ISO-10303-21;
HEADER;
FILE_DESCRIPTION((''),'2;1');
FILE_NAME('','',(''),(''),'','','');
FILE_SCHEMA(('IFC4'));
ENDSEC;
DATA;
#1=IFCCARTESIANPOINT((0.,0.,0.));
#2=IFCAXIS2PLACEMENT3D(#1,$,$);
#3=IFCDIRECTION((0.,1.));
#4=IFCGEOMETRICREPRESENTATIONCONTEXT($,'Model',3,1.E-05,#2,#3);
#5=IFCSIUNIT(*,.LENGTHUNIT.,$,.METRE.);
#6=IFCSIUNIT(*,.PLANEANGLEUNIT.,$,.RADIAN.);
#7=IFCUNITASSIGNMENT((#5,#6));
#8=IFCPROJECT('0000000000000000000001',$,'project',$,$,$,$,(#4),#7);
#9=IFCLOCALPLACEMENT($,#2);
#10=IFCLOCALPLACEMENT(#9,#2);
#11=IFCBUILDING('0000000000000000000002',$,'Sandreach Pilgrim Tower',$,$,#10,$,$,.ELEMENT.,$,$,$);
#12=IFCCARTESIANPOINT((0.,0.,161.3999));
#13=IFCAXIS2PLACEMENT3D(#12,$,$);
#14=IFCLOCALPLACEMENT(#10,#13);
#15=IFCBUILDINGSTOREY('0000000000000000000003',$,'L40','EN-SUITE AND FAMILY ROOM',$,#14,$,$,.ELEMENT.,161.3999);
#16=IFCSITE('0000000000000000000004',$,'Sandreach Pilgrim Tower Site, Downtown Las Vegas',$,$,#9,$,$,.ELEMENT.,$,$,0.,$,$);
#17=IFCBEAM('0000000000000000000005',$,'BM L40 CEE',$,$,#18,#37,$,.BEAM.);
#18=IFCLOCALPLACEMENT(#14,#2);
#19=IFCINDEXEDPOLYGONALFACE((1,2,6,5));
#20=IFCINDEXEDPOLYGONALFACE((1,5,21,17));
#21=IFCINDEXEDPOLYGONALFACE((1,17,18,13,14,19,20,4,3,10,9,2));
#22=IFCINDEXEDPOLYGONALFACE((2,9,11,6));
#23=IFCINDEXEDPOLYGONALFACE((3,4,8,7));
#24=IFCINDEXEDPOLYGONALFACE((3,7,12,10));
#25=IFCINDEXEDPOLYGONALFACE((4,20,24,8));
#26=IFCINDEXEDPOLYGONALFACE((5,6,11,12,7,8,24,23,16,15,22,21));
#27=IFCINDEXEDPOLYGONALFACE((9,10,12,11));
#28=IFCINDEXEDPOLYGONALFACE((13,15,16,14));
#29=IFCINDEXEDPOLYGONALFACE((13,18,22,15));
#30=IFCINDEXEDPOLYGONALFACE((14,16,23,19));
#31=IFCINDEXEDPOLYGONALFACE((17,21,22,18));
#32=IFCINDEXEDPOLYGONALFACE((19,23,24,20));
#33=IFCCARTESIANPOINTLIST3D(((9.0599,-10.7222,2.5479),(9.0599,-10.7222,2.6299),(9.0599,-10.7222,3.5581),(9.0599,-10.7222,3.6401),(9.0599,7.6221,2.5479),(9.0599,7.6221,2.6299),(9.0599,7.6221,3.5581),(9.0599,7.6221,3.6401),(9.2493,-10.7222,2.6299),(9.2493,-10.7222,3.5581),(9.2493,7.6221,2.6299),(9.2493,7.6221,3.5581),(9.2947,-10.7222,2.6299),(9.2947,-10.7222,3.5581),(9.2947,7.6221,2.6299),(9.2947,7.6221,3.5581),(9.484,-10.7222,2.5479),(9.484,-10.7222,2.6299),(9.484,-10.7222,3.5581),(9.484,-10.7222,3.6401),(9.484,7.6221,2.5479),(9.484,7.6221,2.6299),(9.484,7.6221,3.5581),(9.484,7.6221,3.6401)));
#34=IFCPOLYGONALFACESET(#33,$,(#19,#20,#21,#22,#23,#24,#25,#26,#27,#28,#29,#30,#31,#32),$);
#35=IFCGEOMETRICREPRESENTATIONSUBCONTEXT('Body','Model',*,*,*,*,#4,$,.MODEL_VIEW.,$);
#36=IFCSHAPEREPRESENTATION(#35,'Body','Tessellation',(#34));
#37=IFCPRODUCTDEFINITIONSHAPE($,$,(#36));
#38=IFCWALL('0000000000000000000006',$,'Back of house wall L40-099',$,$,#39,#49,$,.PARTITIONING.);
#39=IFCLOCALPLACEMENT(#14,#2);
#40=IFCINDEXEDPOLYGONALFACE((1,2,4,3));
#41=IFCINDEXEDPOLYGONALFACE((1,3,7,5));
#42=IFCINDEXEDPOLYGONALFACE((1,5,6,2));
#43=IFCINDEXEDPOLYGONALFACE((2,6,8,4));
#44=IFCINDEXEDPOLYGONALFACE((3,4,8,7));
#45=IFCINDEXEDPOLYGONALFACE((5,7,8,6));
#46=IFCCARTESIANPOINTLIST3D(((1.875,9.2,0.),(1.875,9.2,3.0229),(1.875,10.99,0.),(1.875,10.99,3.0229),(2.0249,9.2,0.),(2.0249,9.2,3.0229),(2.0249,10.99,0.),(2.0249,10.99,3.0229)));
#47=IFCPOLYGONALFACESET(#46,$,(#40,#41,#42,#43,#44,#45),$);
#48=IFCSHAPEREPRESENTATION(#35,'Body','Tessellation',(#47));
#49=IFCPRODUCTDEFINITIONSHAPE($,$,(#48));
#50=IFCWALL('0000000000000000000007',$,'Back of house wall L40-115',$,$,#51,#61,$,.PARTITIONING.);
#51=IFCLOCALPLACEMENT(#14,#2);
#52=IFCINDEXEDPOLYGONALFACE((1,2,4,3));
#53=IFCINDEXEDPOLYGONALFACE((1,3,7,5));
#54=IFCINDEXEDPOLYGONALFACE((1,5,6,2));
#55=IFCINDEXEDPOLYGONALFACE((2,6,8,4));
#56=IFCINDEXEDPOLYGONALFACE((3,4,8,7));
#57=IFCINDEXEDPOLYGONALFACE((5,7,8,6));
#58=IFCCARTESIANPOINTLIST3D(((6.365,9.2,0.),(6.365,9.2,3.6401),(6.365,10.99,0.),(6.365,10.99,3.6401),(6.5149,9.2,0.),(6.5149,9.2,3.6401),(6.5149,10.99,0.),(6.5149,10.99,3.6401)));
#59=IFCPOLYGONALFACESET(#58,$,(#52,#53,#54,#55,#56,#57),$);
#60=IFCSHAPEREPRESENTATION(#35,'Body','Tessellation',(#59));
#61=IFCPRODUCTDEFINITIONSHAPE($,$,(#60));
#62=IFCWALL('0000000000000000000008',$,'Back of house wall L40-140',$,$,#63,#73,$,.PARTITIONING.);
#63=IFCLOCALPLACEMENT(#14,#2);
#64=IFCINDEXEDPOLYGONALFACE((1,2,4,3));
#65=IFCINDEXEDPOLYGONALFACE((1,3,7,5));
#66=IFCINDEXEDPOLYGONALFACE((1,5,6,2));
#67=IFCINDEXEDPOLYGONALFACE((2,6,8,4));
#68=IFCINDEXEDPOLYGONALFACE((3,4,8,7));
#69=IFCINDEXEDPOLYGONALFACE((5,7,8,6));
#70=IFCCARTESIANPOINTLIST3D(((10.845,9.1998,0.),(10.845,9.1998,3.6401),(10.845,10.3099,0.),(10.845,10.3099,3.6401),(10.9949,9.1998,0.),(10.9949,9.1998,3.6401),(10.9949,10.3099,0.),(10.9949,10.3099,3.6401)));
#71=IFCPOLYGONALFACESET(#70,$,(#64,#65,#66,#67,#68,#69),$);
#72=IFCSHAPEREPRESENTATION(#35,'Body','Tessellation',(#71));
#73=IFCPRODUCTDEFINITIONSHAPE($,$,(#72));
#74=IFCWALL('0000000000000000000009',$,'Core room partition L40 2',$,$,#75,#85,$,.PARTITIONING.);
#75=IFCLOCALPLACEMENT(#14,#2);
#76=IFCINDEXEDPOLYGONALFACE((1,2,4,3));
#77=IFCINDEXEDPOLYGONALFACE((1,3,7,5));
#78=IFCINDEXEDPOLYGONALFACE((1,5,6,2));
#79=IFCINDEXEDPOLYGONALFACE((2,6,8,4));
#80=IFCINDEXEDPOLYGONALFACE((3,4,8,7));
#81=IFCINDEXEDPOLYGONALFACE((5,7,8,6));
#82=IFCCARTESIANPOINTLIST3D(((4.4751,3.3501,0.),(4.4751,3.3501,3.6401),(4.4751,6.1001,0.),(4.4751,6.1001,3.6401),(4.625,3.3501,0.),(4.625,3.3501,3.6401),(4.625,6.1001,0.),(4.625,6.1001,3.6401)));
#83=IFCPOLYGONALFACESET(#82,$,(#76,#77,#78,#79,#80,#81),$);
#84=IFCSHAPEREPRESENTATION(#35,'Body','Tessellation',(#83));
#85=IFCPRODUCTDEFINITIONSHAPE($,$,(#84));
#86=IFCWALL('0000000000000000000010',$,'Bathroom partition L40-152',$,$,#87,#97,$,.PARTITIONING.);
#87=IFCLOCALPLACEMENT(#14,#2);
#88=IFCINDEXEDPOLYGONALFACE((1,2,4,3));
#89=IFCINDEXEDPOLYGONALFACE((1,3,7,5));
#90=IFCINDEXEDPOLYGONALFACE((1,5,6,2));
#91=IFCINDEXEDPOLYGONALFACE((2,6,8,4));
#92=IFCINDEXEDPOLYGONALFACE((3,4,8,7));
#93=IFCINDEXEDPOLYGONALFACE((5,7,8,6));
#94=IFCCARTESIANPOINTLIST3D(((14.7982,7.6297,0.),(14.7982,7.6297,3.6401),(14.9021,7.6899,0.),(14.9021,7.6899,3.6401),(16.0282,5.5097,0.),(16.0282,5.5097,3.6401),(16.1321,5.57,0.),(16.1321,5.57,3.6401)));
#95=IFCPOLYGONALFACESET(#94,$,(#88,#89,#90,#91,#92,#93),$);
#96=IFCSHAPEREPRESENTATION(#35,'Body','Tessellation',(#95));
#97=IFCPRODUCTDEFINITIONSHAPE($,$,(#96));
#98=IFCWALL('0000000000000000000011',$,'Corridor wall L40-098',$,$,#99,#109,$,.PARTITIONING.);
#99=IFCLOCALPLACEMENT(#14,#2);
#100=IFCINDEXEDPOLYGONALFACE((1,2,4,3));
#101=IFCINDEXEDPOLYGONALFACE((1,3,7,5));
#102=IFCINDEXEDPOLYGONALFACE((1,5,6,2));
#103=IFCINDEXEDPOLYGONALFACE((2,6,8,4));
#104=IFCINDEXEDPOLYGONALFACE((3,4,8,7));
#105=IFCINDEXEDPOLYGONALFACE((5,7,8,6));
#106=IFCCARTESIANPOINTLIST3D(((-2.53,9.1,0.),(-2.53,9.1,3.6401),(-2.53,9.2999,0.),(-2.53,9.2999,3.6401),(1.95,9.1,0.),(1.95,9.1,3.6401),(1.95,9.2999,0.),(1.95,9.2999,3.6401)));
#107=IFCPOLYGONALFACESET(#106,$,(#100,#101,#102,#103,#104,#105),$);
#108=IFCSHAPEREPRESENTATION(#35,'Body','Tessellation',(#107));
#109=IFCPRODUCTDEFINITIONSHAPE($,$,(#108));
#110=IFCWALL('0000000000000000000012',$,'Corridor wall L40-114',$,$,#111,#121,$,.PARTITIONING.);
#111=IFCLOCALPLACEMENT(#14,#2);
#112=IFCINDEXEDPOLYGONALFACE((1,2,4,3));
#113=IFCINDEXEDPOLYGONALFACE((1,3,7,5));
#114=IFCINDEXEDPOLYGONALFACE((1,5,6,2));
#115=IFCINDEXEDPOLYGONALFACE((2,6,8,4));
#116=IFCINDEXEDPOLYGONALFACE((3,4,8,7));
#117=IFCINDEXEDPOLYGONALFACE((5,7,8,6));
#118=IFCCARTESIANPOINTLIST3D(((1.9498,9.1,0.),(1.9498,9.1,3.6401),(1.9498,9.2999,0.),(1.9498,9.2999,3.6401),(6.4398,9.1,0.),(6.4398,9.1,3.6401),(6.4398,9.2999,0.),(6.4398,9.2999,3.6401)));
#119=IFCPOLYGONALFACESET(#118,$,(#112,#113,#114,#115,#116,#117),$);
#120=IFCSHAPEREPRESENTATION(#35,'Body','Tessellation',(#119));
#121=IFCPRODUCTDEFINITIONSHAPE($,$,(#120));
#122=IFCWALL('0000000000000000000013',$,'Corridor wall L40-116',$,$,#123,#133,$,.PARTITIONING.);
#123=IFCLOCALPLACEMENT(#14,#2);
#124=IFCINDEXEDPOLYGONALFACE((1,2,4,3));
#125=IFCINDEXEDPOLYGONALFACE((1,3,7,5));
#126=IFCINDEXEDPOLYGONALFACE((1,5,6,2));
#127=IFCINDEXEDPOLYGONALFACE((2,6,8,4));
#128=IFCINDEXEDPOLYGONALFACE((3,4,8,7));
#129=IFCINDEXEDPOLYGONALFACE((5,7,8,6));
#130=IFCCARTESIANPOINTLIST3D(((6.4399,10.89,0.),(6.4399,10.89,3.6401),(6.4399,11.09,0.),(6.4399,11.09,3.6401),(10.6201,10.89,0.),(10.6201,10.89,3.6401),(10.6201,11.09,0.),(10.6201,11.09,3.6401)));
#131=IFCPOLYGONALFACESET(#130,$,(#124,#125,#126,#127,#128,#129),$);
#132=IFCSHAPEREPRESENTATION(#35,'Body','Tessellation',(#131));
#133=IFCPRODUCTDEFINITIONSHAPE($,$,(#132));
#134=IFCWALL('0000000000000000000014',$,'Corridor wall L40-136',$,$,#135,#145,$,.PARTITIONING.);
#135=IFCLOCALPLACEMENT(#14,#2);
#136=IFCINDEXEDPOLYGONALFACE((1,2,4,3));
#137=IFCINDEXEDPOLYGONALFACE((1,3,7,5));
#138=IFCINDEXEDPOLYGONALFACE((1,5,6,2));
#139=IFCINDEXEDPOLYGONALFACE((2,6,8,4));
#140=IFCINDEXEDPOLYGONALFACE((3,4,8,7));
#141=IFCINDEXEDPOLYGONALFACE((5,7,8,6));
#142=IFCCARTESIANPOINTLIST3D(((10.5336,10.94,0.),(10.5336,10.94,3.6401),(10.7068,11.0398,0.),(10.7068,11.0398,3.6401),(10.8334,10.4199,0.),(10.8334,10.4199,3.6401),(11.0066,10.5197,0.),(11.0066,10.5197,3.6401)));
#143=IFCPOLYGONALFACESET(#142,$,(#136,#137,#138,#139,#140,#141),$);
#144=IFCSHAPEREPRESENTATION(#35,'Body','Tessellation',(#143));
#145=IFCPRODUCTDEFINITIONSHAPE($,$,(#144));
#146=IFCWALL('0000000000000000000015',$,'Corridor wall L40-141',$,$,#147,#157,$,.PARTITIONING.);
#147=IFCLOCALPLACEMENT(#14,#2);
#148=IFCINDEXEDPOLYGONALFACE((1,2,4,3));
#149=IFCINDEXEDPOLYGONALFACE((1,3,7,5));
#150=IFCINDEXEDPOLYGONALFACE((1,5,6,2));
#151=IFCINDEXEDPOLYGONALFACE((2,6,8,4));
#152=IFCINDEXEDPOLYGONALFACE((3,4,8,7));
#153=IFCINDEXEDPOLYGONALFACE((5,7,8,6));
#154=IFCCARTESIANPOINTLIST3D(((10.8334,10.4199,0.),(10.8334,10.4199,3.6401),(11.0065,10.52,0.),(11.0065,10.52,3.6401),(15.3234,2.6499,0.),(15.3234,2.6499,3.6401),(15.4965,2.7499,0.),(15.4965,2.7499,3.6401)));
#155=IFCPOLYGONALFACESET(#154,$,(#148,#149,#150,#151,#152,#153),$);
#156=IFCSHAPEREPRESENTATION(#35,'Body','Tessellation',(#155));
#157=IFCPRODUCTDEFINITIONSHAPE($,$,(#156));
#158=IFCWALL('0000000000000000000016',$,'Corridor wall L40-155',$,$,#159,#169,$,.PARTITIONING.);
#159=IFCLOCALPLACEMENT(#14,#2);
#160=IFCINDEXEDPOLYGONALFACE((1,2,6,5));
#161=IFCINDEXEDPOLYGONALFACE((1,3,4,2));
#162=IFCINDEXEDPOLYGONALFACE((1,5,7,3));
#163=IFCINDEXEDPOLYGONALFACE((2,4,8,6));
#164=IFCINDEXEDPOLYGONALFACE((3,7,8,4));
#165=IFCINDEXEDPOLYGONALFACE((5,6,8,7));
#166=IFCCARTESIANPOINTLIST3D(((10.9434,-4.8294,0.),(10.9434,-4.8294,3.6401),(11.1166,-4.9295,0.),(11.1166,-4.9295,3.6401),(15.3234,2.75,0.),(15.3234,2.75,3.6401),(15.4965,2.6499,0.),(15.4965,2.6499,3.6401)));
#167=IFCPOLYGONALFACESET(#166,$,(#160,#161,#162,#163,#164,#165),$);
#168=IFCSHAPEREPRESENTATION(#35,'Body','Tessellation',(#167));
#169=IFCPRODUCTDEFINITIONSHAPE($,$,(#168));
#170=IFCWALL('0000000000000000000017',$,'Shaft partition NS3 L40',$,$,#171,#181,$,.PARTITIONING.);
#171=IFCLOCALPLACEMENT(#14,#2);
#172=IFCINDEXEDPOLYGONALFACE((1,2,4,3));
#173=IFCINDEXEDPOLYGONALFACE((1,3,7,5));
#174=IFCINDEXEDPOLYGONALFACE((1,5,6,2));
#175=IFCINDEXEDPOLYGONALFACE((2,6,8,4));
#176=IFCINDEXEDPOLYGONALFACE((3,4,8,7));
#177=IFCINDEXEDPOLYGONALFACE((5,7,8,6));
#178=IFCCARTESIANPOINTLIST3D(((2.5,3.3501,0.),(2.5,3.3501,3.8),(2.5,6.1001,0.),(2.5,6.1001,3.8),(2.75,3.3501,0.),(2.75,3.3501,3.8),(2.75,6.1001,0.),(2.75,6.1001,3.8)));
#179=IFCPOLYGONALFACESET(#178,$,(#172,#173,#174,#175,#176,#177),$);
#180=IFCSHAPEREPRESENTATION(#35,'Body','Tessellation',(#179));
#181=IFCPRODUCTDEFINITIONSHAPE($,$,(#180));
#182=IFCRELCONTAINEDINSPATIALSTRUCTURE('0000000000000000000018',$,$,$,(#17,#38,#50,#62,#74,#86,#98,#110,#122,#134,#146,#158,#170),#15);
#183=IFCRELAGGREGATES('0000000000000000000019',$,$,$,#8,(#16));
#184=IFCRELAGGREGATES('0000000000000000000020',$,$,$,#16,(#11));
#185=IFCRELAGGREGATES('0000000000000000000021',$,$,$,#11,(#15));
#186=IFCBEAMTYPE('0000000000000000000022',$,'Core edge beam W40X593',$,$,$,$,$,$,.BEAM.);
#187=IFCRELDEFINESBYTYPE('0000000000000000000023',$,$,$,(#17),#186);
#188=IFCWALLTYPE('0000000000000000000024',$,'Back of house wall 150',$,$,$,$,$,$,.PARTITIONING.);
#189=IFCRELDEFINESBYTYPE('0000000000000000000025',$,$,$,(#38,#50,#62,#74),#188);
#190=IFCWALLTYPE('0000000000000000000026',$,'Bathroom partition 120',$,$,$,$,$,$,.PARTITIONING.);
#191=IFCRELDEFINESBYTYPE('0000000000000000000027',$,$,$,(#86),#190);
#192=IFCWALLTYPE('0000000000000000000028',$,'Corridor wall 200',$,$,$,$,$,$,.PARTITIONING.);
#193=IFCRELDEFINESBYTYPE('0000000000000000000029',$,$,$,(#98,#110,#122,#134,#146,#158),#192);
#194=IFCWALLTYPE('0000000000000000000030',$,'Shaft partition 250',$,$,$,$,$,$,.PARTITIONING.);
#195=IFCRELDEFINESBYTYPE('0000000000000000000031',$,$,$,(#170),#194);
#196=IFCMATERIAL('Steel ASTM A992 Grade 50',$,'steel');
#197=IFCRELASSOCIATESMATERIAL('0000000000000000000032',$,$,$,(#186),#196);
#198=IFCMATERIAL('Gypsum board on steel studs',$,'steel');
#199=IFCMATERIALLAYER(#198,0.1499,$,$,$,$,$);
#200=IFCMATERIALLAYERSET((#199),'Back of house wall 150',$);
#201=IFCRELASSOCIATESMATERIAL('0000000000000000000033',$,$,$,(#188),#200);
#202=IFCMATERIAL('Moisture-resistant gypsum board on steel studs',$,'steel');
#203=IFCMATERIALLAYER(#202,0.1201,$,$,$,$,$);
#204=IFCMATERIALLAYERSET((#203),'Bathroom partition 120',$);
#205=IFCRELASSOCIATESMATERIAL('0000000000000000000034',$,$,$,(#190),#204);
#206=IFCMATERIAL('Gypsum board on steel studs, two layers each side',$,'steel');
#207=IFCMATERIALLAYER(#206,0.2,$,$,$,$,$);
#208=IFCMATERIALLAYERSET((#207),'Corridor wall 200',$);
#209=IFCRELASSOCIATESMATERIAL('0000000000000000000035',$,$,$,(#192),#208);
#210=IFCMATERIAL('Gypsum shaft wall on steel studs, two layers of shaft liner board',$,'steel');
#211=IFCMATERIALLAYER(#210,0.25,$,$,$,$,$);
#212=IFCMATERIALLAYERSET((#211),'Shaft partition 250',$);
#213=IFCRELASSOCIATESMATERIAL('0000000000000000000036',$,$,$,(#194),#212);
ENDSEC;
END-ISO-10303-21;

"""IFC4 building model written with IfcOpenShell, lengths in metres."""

from ifc_helpers import new_model, si_unit, direction, frame, frame_2d, origin, origin_2d, place, context, subcontext, project, spatial, rectangle, i_section, extrude, material, layer, layer_set, material_profile, profile_set, type_object, element, save


model = new_model("IFC4")

# Units and contexts
model_context = context("Model", 3, precision=1e-05, world=origin(), true_north=direction((0.0, 1.0)))
body_context = subcontext(model_context, "Body", "Model", "MODEL_VIEW")
ifc_project = project(units=[si_unit("LENGTHUNIT", "METRE"), si_unit("PLANEANGLEUNIT", "RADIAN")], contexts=[model_context])

# Site, building, storey
site_placement = place(None, origin())
site = spatial("IfcSite", under=ifc_project, at=site_placement, Name="Sandreach Pilgrim Tower Site, Downtown Las Vegas", CompositionType="ELEMENT", RefElevation=0.0)
building_placement = place(site_placement, origin())
building = spatial("IfcBuilding", under=site, at=building_placement, Name="Sandreach Pilgrim Tower", CompositionType="ELEMENT")
storey_placement = place(building_placement, frame((0.0, 0.0, 161.3999)))
storey = spatial("IfcBuildingStorey", under=building, at=storey_placement, Name="L40", Description="EN-SUITE AND FAMILY ROOM", CompositionType="ELEMENT", Elevation=161.3999)

# Beam
ifc_material_1 = material(Name="Steel ASTM A992 Grade 50", Category="steel")
ifc_material_profile = material_profile(ifc_material_1, i_section(OverallWidth=0.4241, OverallDepth=1.0923, WebThickness=0.0454, FlangeThickness=0.082, at=origin_2d()), Name="W40X593")
ifc_profile_set = profile_set([ifc_material_profile], Name="Steel ASTM A992 Grade 50")
beam_type = type_object("IfcBeamType", Name="Core edge beam W40X593", PredefinedType="BEAM", material=ifc_profile_set)
beam_placement = place(storey_placement, frame((9.272, 7.6221, 3.094), z_axis=(0.0, -1.0, 0.0), x_axis=(1.0, 0.0, 0.0)))
element("IfcBeam", 1, at=beam_placement, inside=storey, type_object=beam_type, Name="BM L40 CEE", PredefinedType="BEAM", context=body_context, shape_type="SweptSolid", body=[
    extrude(i_section(OverallWidth=0.4241, OverallDepth=1.0923, WebThickness=0.0454, FlangeThickness=0.082, at=origin_2d()), origin(), (0.0, 0.0, 1.0), 18.3442),
])

# Walls
ifc_material_2 = material(Name="Gypsum board on steel studs", Category="steel")
ifc_layer_1 = layer(ifc_material_2, 0.1499)
ifc_layer_set_1 = layer_set([ifc_layer_1], Name="Back of house wall 150")
wall_type_1 = type_object("IfcWallType", Name="Back of house wall 150", PredefinedType="PARTITIONING", material=ifc_layer_set_1)
wall_1_placement = place(storey_placement, frame((1.95, 10.99, 0.0), z_axis=(0.0, 0.0, 1.0), x_axis=(0.0, -1.0, 0.0)))
element("IfcWall", 2, at=wall_1_placement, inside=storey, type_object=wall_type_1, Name="Back of house wall L40-099", PredefinedType="PARTITIONING", context=body_context, shape_type="SweptSolid", body=[
    extrude(rectangle(XDim=1.79, YDim=0.1499, at=frame_2d((0.895, 0.0))), origin(), (0.0, 0.0, 1.0), 3.0229),
])
wall_2_placement = place(storey_placement, frame((6.4399, 10.99, 0.0), z_axis=(0.0, 0.0, 1.0), x_axis=(0.0, -1.0, 0.0)))
element("IfcWall", 3, at=wall_2_placement, inside=storey, type_object=wall_type_1, Name="Back of house wall L40-115", PredefinedType="PARTITIONING", context=body_context, shape_type="SweptSolid", body=[
    extrude(rectangle(XDim=1.79, YDim=0.1499, at=frame_2d((0.895, 0.0))), origin(), (0.0, 0.0, 1.0), 3.6401),
])
wall_3_placement = place(storey_placement, frame((10.9199, 10.3101, 0.0), z_axis=(0.0, 0.0, 1.0), x_axis=(0.0, -1.0, 0.0)))
element("IfcWall", 4, at=wall_3_placement, inside=storey, type_object=wall_type_1, Name="Back of house wall L40-140", PredefinedType="PARTITIONING", context=body_context, shape_type="SweptSolid", body=[
    extrude(rectangle(XDim=1.1101, YDim=0.1499, at=frame_2d((0.5552, 0.0))), origin(), (0.0, 0.0, 1.0), 3.6401),
])
wall_4_placement = place(storey_placement, frame((4.55, 3.3501, 0.0), z_axis=(0.0, 0.0, 1.0), x_axis=(0.0, 1.0, 0.0)))
element("IfcWall", 5, at=wall_4_placement, inside=storey, type_object=wall_type_1, Name="Core room partition L40 2", PredefinedType="PARTITIONING", context=body_context, shape_type="SweptSolid", body=[
    extrude(rectangle(XDim=2.75, YDim=0.1499, at=frame_2d((1.375, 0.0))), origin(), (0.0, 0.0, 1.0), 3.6401),
])
ifc_material_3 = material(Name="Moisture-resistant gypsum board on steel studs", Category="steel")
ifc_layer_2 = layer(ifc_material_3, 0.1201)
ifc_layer_set_2 = layer_set([ifc_layer_2], Name="Bathroom partition 120")
wall_type_2 = type_object("IfcWallType", Name="Bathroom partition 120", PredefinedType="PARTITIONING", material=ifc_layer_set_2)
wall_5_placement = place(storey_placement, frame((14.8501, 7.6599, 0.0), z_axis=(0.0, 0.0, 1.0), x_axis=(0.501857, -0.864951, 0.0)))
element("IfcWall", 6, at=wall_5_placement, inside=storey, type_object=wall_type_2, Name="Bathroom partition L40-152", PredefinedType="PARTITIONING", context=body_context, shape_type="SweptSolid", body=[
    extrude(rectangle(XDim=2.4509, YDim=0.1201, at=frame_2d((1.2256, 0.0))), origin(), (0.0, 0.0, 1.0), 3.6401),
])

# Wall
ifc_material_4 = material(Name="Gypsum board on steel studs, two layers each side", Category="steel")
ifc_layer_3 = layer(ifc_material_4, 0.2)
ifc_layer_set_3 = layer_set([ifc_layer_3], Name="Corridor wall 200")
wall_type_3 = type_object("IfcWallType", Name="Corridor wall 200", PredefinedType="PARTITIONING", material=ifc_layer_set_3)
wall_6_placement = place(storey_placement, frame((1.95, 9.2, 0.0), z_axis=(0.0, 0.0, 1.0), x_axis=(-1.0, 0.0, 0.0)))
element("IfcWall", 7, at=wall_6_placement, inside=storey, type_object=wall_type_3, Name="Corridor wall L40-098", PredefinedType="PARTITIONING", context=body_context, shape_type="SweptSolid", body=[
    extrude(rectangle(XDim=4.48, YDim=0.2, at=frame_2d((2.24, 0.0))), origin(), (0.0, 0.0, 1.0), 3.6401),
])

# Walls
wall_7_placement = place(storey_placement, frame((6.4399, 9.2, 0.0), z_axis=(0.0, 0.0, 1.0), x_axis=(-1.0, 0.0, 0.0)))
element("IfcWall", 8, at=wall_7_placement, inside=storey, type_object=wall_type_3, Name="Corridor wall L40-114", PredefinedType="PARTITIONING", context=body_context, shape_type="SweptSolid", body=[
    extrude(rectangle(XDim=4.49, YDim=0.2, at=frame_2d((2.2451, 0.0))), origin(), (0.0, 0.0, 1.0), 3.6401),
])
wall_8_placement = place(storey_placement, frame((6.4399, 10.99, 0.0), z_axis=(0.0, 0.0, 1.0), x_axis=(1.0, 0.0, 0.0)))
element("IfcWall", 9, at=wall_8_placement, inside=storey, type_object=wall_type_3, Name="Corridor wall L40-116", PredefinedType="PARTITIONING", context=body_context, shape_type="SweptSolid", body=[
    extrude(rectangle(XDim=4.1802, YDim=0.2, at=frame_2d((2.0901, 0.0))), origin(), (0.0, 0.0, 1.0), 3.6401),
])
wall_9_placement = place(storey_placement, frame((10.6201, 10.99, 0.0), z_axis=(0.0, 0.0, 1.0), x_axis=(0.499464, -0.866335, 0.0)))
element("IfcWall", 10, at=wall_9_placement, inside=storey, type_object=wall_type_3, Name="Corridor wall L40-136", PredefinedType="PARTITIONING", context=body_context, shape_type="SweptSolid", body=[
    extrude(rectangle(XDim=0.6003, YDim=0.2, at=frame_2d((0.3003, 0.0))), origin(), (0.0, 0.0, 1.0), 3.6401),
])

# Walls
wall_10_placement = place(storey_placement, frame((10.9199, 10.47, 0.0), z_axis=(0.0, 0.0, 1.0), x_axis=(0.500332, -0.865834, 0.0)))
element("IfcWall", 11, at=wall_10_placement, inside=storey, type_object=wall_type_3, Name="Corridor wall L40-141", PredefinedType="PARTITIONING", context=body_context, shape_type="SweptSolid", body=[
    extrude(rectangle(XDim=8.9741, YDim=0.2, at=frame_2d((4.4871, 0.0))), origin(), (0.0, 0.0, 1.0), 3.6401),
])
wall_11_placement = place(storey_placement, frame((15.4099, 2.7, 0.0), z_axis=(0.0, 0.0, 1.0), x_axis=(-0.500338, -0.86583, 0.0)))
element("IfcWall", 12, at=wall_11_placement, inside=storey, type_object=wall_type_3, Name="Corridor wall L40-155", PredefinedType="PARTITIONING", context=body_context, shape_type="SweptSolid", body=[
    extrude(rectangle(XDim=8.7539, YDim=0.2, at=frame_2d((4.377, 0.0))), origin(), (0.0, 0.0, 1.0), 3.6401),
])
ifc_material_5 = material(Name="Gypsum shaft wall on steel studs, two layers of shaft liner board", Category="steel")
ifc_layer_4 = layer(ifc_material_5, 0.25)
ifc_layer_set_4 = layer_set([ifc_layer_4], Name="Shaft partition 250")
wall_type_4 = type_object("IfcWallType", Name="Shaft partition 250", PredefinedType="PARTITIONING", material=ifc_layer_set_4)
wall_12_placement = place(storey_placement, frame((2.625, 3.3501, 0.0), z_axis=(0.0, 0.0, 1.0), x_axis=(0.0, 1.0, 0.0)))
element("IfcWall", 13, at=wall_12_placement, inside=storey, type_object=wall_type_4, Name="Shaft partition NS3 L40", PredefinedType="PARTITIONING", context=body_context, shape_type="SweptSolid", body=[
    extrude(rectangle(XDim=2.75, YDim=0.25, at=frame_2d((1.375, 0.0))), origin(), (0.0, 0.0, 1.0), 3.8),
])

save(model, "model.ifc")
